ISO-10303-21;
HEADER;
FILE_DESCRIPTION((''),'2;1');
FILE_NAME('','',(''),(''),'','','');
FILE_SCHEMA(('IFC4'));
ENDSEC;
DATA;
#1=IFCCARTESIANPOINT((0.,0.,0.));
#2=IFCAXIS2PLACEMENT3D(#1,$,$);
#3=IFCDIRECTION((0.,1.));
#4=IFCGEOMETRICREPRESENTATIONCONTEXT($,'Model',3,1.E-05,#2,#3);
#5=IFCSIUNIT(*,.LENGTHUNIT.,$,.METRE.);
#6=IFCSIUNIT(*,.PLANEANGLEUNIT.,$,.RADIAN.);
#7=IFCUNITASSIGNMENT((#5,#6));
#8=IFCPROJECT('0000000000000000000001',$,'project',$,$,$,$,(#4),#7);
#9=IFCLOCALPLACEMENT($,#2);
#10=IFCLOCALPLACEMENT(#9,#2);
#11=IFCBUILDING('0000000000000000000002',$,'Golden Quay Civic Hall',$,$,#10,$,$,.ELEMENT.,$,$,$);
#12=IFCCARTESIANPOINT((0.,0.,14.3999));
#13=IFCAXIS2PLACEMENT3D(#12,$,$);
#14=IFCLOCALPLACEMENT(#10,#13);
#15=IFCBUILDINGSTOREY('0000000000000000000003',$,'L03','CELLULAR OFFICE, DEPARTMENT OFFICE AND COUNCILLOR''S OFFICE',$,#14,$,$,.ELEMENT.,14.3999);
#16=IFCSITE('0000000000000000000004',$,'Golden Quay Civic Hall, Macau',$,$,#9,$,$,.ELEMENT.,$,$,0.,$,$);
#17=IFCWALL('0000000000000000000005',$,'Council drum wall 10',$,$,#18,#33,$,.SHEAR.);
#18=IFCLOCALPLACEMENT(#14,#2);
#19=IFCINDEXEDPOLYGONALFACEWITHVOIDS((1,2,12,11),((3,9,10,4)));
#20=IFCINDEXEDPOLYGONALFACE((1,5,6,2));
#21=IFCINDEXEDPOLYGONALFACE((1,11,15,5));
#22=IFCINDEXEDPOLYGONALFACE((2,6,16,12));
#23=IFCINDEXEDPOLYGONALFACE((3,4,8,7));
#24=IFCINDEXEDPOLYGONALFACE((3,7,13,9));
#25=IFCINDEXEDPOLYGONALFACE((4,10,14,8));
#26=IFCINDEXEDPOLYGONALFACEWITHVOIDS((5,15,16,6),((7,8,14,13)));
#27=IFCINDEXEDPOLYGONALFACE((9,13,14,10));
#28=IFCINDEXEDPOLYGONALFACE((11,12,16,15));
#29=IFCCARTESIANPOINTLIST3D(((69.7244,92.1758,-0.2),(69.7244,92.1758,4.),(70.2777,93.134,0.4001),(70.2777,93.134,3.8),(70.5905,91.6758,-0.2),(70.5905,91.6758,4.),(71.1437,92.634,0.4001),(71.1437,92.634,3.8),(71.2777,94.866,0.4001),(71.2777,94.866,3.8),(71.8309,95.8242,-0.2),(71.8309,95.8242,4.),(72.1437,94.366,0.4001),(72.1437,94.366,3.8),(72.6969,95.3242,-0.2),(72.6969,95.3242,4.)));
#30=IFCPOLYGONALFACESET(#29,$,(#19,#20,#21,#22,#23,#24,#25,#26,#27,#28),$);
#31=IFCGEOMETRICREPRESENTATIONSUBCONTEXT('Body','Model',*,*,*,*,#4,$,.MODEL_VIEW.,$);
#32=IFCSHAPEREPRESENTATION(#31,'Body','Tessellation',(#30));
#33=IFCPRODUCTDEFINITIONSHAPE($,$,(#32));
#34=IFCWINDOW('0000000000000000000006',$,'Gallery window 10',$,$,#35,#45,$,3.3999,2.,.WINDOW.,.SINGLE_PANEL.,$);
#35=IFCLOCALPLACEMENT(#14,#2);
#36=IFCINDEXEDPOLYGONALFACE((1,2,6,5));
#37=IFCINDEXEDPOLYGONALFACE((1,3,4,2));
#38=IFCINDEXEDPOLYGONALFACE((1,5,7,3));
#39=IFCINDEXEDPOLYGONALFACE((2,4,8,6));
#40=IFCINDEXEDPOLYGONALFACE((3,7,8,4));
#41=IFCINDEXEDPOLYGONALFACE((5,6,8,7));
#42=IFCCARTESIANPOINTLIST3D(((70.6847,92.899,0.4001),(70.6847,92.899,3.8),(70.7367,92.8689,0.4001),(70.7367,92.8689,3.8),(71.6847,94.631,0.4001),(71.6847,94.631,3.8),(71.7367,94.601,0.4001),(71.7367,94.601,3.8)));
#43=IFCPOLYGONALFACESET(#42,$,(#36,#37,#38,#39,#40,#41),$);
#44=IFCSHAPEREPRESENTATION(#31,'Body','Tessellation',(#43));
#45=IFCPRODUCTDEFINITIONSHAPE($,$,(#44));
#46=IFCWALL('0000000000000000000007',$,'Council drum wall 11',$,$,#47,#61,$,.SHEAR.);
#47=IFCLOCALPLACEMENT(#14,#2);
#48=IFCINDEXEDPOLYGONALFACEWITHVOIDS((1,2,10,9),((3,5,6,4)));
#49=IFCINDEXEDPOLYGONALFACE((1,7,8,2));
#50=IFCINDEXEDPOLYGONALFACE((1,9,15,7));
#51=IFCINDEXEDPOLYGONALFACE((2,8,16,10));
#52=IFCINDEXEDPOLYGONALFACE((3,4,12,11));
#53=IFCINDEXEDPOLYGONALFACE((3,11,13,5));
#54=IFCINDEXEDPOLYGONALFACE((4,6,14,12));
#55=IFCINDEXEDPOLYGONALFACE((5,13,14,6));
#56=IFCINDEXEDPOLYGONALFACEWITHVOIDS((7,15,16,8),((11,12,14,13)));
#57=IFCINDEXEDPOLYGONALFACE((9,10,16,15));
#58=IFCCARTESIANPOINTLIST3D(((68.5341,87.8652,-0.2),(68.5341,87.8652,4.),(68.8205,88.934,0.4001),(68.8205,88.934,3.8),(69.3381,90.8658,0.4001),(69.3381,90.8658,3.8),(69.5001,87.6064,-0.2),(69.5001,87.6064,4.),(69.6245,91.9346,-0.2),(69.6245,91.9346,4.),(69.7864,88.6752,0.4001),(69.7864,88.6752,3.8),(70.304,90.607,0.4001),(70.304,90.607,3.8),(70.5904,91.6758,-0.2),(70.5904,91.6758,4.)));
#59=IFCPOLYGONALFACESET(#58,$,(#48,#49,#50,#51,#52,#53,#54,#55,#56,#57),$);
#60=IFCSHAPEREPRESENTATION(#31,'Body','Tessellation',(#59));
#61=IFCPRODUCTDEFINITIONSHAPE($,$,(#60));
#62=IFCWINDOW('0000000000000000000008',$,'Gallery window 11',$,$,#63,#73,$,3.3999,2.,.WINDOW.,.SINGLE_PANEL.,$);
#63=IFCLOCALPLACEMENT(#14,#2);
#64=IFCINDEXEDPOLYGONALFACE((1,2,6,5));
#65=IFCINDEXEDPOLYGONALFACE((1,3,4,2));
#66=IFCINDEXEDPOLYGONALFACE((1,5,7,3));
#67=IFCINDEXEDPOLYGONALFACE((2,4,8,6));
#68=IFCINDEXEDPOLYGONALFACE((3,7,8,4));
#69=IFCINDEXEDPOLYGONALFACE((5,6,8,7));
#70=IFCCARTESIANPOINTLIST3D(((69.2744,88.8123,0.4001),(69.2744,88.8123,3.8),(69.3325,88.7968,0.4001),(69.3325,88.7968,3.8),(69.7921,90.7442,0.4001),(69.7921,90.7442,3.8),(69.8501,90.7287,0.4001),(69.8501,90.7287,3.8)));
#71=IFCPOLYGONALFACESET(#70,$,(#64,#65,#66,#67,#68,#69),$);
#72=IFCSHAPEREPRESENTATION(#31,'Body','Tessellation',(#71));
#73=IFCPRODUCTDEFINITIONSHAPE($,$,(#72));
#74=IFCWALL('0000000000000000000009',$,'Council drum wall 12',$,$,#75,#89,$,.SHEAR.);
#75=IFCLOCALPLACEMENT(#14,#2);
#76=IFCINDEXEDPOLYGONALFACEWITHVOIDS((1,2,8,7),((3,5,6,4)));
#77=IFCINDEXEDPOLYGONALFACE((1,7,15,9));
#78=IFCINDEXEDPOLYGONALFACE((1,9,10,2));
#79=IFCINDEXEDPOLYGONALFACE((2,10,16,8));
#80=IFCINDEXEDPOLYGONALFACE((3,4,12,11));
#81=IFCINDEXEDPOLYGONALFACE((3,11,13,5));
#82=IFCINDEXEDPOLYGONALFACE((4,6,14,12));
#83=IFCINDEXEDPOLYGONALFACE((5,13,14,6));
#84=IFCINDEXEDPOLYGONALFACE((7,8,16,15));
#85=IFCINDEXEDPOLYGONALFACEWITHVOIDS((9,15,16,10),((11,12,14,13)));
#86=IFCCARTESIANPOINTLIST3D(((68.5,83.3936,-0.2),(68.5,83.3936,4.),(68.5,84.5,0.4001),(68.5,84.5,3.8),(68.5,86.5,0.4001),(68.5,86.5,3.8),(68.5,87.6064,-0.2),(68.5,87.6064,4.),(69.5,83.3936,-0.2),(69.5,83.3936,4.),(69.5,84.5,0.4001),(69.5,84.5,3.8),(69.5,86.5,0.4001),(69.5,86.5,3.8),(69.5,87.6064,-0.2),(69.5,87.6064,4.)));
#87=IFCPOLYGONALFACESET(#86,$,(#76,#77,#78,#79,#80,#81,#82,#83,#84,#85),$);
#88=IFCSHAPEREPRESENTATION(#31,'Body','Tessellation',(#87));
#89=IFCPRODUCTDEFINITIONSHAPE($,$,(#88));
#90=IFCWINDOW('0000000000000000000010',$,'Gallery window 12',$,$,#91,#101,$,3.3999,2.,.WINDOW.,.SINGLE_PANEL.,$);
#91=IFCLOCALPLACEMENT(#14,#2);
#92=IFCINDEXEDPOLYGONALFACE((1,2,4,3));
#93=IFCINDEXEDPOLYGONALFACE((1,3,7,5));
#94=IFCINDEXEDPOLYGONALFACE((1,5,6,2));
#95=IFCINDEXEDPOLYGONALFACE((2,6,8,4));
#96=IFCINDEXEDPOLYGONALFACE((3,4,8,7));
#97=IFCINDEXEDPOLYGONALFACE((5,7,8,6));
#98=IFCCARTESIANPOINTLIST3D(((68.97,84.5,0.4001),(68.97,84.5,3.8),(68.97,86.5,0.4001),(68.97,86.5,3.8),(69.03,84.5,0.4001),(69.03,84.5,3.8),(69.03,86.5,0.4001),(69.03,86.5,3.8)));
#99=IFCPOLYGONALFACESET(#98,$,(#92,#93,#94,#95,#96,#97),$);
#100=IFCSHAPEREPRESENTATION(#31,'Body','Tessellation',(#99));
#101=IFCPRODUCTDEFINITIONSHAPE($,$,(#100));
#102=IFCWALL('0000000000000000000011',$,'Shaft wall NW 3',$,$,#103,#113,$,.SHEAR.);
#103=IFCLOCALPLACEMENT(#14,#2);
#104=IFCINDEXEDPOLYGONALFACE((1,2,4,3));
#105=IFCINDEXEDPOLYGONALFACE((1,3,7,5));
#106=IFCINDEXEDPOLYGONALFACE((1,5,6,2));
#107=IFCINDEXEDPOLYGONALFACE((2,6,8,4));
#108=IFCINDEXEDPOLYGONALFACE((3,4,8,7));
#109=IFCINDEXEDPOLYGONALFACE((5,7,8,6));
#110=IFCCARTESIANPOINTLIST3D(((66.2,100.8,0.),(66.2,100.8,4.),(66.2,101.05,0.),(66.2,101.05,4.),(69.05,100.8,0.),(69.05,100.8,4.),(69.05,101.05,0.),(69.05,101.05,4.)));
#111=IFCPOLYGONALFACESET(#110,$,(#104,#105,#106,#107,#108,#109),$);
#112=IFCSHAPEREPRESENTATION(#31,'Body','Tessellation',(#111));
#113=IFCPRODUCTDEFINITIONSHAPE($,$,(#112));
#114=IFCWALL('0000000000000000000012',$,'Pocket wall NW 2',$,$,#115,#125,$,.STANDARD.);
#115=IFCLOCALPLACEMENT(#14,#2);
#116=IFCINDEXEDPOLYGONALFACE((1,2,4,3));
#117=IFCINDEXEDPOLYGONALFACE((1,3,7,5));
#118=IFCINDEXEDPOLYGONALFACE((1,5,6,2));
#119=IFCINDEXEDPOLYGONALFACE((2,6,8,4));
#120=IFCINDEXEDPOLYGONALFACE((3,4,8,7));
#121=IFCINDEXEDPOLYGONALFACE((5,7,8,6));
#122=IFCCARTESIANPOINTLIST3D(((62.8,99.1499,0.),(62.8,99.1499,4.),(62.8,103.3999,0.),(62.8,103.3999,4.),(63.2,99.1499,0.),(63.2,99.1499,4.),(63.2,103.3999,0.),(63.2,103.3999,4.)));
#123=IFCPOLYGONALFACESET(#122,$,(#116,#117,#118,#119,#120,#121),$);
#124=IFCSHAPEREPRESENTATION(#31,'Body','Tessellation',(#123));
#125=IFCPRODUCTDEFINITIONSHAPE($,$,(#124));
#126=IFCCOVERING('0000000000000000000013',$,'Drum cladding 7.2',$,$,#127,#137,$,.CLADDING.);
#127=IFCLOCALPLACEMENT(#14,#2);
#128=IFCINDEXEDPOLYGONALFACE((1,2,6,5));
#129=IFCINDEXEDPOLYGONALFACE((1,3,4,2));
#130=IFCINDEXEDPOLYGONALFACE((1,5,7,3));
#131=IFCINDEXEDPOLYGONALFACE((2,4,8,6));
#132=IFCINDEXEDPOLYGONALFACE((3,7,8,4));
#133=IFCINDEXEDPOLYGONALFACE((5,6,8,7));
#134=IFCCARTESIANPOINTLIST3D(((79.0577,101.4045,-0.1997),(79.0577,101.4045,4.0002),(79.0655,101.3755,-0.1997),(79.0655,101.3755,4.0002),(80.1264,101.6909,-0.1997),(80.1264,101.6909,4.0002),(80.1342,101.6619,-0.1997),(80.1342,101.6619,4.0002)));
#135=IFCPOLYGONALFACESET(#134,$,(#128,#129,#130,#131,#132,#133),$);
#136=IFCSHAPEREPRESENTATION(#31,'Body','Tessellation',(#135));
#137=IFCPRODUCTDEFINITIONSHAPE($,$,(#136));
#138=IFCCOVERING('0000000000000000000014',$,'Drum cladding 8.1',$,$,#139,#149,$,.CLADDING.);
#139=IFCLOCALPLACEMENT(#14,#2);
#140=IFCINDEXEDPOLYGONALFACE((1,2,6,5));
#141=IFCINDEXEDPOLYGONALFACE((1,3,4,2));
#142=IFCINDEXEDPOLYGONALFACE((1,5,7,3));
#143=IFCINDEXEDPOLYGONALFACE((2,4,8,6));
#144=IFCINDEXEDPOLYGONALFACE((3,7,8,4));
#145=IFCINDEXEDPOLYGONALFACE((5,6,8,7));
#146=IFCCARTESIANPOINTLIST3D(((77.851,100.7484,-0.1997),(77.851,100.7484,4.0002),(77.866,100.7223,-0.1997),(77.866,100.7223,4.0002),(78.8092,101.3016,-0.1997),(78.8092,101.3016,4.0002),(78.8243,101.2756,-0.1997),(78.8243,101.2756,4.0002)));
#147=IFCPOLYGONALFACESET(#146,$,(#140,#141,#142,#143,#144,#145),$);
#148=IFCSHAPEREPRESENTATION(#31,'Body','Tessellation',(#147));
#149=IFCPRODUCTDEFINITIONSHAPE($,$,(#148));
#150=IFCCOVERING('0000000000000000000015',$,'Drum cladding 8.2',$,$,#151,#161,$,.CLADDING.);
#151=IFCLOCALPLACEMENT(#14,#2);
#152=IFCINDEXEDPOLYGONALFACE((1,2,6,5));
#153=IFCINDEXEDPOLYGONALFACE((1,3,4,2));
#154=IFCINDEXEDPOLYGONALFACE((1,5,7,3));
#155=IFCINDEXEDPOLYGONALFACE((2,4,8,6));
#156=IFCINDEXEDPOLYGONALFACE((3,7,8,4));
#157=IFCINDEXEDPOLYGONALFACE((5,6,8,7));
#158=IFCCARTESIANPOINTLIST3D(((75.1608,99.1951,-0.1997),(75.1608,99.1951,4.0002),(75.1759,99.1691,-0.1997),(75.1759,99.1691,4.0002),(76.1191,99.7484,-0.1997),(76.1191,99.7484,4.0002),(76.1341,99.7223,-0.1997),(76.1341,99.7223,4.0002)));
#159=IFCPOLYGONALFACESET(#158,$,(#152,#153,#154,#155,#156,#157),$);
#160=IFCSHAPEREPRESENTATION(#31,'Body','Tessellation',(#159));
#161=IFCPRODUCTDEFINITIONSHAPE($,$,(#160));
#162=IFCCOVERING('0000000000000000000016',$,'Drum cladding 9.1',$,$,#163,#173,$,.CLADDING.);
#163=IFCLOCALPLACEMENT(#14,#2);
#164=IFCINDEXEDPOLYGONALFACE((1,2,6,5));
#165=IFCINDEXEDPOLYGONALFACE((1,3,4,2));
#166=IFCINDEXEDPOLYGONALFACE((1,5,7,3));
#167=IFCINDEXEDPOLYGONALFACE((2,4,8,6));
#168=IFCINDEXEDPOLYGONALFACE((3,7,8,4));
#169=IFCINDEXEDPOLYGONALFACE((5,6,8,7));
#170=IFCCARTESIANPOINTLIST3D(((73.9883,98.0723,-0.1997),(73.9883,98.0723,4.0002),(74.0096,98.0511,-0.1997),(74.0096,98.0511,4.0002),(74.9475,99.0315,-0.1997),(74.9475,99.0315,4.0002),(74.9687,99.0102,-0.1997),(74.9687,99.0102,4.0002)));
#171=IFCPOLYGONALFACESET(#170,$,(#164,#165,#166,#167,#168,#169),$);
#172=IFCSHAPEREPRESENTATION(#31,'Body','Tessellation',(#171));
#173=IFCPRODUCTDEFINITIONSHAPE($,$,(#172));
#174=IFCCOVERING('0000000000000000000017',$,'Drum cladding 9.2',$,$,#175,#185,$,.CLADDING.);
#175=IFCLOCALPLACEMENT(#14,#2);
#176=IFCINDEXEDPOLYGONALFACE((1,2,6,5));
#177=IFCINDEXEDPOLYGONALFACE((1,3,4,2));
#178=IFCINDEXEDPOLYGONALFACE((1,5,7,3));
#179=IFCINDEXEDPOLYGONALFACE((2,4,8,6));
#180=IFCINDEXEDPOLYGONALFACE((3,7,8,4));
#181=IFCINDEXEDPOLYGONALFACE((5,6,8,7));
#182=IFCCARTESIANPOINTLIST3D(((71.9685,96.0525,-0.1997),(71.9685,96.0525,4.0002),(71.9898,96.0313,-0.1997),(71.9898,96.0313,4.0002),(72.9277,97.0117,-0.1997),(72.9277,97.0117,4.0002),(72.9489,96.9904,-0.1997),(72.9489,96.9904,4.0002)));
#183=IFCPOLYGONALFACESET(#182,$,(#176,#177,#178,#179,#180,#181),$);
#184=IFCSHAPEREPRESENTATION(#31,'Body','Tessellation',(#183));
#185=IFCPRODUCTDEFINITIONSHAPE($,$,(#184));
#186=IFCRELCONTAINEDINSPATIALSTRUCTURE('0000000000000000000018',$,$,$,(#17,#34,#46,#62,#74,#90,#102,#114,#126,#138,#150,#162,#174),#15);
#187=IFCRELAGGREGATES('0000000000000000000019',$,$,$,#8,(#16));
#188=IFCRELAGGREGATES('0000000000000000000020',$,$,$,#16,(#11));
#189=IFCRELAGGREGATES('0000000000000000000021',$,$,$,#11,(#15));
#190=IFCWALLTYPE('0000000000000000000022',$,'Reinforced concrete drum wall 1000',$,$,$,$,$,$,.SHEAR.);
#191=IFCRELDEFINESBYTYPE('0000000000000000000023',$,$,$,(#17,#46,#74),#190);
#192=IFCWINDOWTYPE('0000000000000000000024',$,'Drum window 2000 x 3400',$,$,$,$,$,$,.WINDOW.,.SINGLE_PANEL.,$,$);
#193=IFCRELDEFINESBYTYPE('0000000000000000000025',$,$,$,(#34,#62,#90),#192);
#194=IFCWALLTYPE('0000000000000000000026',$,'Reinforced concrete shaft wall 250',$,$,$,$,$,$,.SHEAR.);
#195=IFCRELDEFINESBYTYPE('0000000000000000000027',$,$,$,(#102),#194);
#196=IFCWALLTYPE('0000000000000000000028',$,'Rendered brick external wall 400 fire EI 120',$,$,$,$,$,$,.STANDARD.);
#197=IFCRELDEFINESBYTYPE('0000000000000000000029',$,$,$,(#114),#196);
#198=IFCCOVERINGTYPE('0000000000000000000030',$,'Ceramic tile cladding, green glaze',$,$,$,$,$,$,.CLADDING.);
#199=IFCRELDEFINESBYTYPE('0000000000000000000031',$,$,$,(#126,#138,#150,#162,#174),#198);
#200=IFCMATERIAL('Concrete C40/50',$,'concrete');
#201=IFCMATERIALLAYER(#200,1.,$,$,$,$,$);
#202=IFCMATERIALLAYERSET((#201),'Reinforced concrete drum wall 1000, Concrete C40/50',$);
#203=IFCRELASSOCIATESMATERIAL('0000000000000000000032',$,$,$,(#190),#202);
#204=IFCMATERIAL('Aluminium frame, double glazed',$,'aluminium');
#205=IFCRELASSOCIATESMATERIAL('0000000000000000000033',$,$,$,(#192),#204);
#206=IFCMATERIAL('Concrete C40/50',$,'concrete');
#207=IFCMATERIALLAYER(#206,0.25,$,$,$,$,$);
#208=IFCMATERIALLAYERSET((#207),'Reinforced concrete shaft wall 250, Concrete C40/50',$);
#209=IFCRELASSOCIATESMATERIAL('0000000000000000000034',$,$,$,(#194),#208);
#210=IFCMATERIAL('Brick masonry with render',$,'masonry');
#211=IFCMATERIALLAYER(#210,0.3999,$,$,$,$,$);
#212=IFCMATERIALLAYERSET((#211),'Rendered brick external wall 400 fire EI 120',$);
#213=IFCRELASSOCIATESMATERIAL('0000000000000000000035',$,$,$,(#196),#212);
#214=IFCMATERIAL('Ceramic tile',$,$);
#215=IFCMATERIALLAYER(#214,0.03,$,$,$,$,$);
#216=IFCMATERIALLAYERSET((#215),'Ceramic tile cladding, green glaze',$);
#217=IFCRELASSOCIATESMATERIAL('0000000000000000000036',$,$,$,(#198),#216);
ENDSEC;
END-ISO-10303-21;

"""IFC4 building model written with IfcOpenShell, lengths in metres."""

from ifc_helpers import new_model, si_unit, direction, frame, frame_2d, origin, origin_2d, place, context, subcontext, project, spatial, rectangle, extrude, material, layer, layer_set, type_object, element, fill, save


model = new_model("IFC4")

# Units and contexts
model_context = context("Model", 3, precision=1e-05, world=origin(), true_north=direction((0.0, 1.0)))
body_context = subcontext(model_context, "Body", "Model", "MODEL_VIEW")
ifc_project = project(units=[si_unit("LENGTHUNIT", "METRE"), si_unit("PLANEANGLEUNIT", "RADIAN")], contexts=[model_context])

# Site, building, storey
site_placement = place(None, origin())
site = spatial("IfcSite", under=ifc_project, at=site_placement, Name="Golden Quay Civic Hall, Macau", CompositionType="ELEMENT", RefElevation=0.0)
building_placement = place(site_placement, origin())
building = spatial("IfcBuilding", under=site, at=building_placement, Name="Golden Quay Civic Hall", CompositionType="ELEMENT")
storey_placement = place(building_placement, frame((0.0, 0.0, 14.3999)))
storey = spatial("IfcBuildingStorey", under=building, at=storey_placement, Name="L03", Description="CELLULAR OFFICE, DEPARTMENT OFFICE AND COUNCILLOR'S OFFICE", CompositionType="ELEMENT", Elevation=14.3999)

# Shared definitions
ifc_material_1 = material(Name="Concrete C40/50", Category="concrete")
ifc_layer_1 = layer(ifc_material_1, 1.0)
ifc_layer_set_1 = layer_set([ifc_layer_1], Name="Reinforced concrete drum wall 1000, Concrete C40/50")
wall_type_1 = type_object("IfcWallType", Name="Reinforced concrete drum wall 1000", PredefinedType="SHEAR", material=ifc_layer_set_1)
ifc_material_2 = material(Name="Aluminium frame, double glazed", Category="aluminium")
window_type = type_object("IfcWindowType", Name="Drum window 2000 x 3400", PartitioningType="SINGLE_PANEL", PredefinedType="WINDOW", material=ifc_material_2)

# Walls, openings, windows
wall_1_placement = place(storey_placement, frame((72.2639, 95.5742, -0.2), z_axis=(0.0, 0.0, 1.0), x_axis=(-0.500003, -0.866023, 0.0)))
wall_1 = element("IfcWall", 1, at=wall_1_placement, inside=storey, type_object=wall_type_1, Name="Council drum wall 10", PredefinedType="SHEAR", context=body_context, shape_type="SweptSolid", body=[
    extrude(rectangle(XDim=4.2129, YDim=1.0, at=frame_2d((2.1064, 0.0))), origin(), (0.0, 0.0, 1.0), 4.2),
])
opening_1_placement = place(wall_1_placement, frame((1.1064, 0.0, 0.6001)))
opening_1 = element("IfcOpeningElement", 2, at=opening_1_placement, cuts=wall_1, PredefinedType="OPENING", context=body_context, shape_type="SweptSolid", body=[
    extrude(rectangle(XDim=2.0, YDim=3.3999, at=frame_2d((1.0, 1.7))), frame((0.0, 0.51, 0.0), z_axis=(0.0, -1.0, 0.0), x_axis=(1.0, 0.0, 0.0)), (0.0, 0.0, 1.0), 1.02),
])
window_1_placement = place(opening_1_placement, origin())
window_1 = element("IfcWindow", 3, at=window_1_placement, inside=storey, type_object=window_type, Name="Gallery window 10", OverallHeight=3.3999, OverallWidth=2.0, PartitioningType="SINGLE_PANEL", PredefinedType="WINDOW", context=body_context, shape_type="SweptSolid", body=[
    extrude(rectangle(XDim=2.0, YDim=3.3999, at=frame_2d((1.0, 1.7))), frame((0.0, 0.03, 0.0), z_axis=(0.0, -1.0, 0.0), x_axis=(1.0, 0.0, 0.0)), (0.0, 0.0, 1.0), 0.0601),
])
fill(opening_1, window_1)
wall_2_placement = place(storey_placement, frame((70.1074, 91.8052, -0.2), z_axis=(0.0, 0.0, 1.0), x_axis=(-0.258809, -0.965928, 0.0)))
wall_2 = element("IfcWall", 4, at=wall_2_placement, inside=storey, type_object=wall_type_1, Name="Council drum wall 11", PredefinedType="SHEAR", context=body_context, shape_type="SweptSolid", body=[
    extrude(rectangle(XDim=4.2129, YDim=1.0, at=frame_2d((2.1064, 0.0))), origin(), (0.0, 0.0, 1.0), 4.2),
])
opening_2_placement = place(wall_2_placement, frame((1.1064, 0.0, 0.6001)))
opening_2 = element("IfcOpeningElement", 5, at=opening_2_placement, cuts=wall_2, PredefinedType="OPENING", context=body_context, shape_type="SweptSolid", body=[
    extrude(rectangle(XDim=2.0, YDim=3.3999, at=frame_2d((1.0, 1.7))), frame((0.0, 0.51, 0.0), z_axis=(0.0, -1.0, 0.0), x_axis=(1.0, 0.0, 0.0)), (0.0, 0.0, 1.0), 1.02),
])
window_2_placement = place(opening_2_placement, origin())
window_2 = element("IfcWindow", 6, at=window_2_placement, inside=storey, type_object=window_type, Name="Gallery window 11", OverallHeight=3.3999, OverallWidth=2.0, PartitioningType="SINGLE_PANEL", PredefinedType="WINDOW", context=body_context, shape_type="SweptSolid", body=[
    extrude(rectangle(XDim=2.0, YDim=3.3999, at=frame_2d((1.0, 1.7))), frame((0.0, 0.03, 0.0), z_axis=(0.0, -1.0, 0.0), x_axis=(1.0, 0.0, 0.0)), (0.0, 0.0, 1.0), 0.0601),
])
fill(opening_2, window_2)
wall_3_placement = place(storey_placement, frame((69.0, 87.6064, -0.2), z_axis=(0.0, 0.0, 1.0), x_axis=(0.0, -1.0, 0.0)))
wall_3 = element("IfcWall", 7, at=wall_3_placement, inside=storey, type_object=wall_type_1, Name="Council drum wall 12", PredefinedType="SHEAR", context=body_context, shape_type="SweptSolid", body=[
    extrude(rectangle(XDim=4.2129, YDim=1.0, at=frame_2d((2.1064, 0.0))), origin(), (0.0, 0.0, 1.0), 4.2),
])
opening_3_placement = place(wall_3_placement, frame((1.1064, 0.0, 0.6001)))
opening_3 = element("IfcOpeningElement", 8, at=opening_3_placement, cuts=wall_3, PredefinedType="OPENING", context=body_context, shape_type="SweptSolid", body=[
    extrude(rectangle(XDim=2.0, YDim=3.3999, at=frame_2d((1.0, 1.7))), frame((0.0, 0.51, 0.0), z_axis=(0.0, -1.0, 0.0), x_axis=(1.0, 0.0, 0.0)), (0.0, 0.0, 1.0), 1.02),
])
window_3_placement = place(opening_3_placement, origin())
window_3 = element("IfcWindow", 9, at=window_3_placement, inside=storey, type_object=window_type, Name="Gallery window 12", OverallHeight=3.3999, OverallWidth=2.0, PartitioningType="SINGLE_PANEL", PredefinedType="WINDOW", context=body_context, shape_type="SweptSolid", body=[
    extrude(rectangle(XDim=2.0, YDim=3.3999, at=frame_2d((1.0, 1.7))), frame((0.0, 0.03, 0.0), z_axis=(0.0, -1.0, 0.0), x_axis=(1.0, 0.0, 0.0)), (0.0, 0.0, 1.0), 0.0601),
])
fill(opening_3, window_3)

# Walls
ifc_material_3 = material(Name="Concrete C40/50", Category="concrete")
ifc_layer_2 = layer(ifc_material_3, 0.25)
ifc_layer_set_2 = layer_set([ifc_layer_2], Name="Reinforced concrete shaft wall 250, Concrete C40/50")
wall_type_2 = type_object("IfcWallType", Name="Reinforced concrete shaft wall 250", PredefinedType="SHEAR", material=ifc_layer_set_2)
wall_4_placement = place(storey_placement, frame((66.2, 100.925, 0.0), z_axis=(0.0, 0.0, 1.0), x_axis=(1.0, 0.0, 0.0)))
element("IfcWall", 10, at=wall_4_placement, inside=storey, type_object=wall_type_2, Name="Shaft wall NW 3", PredefinedType="SHEAR", context=body_context, shape_type="SweptSolid", body=[
    extrude(rectangle(XDim=2.8501, YDim=0.25, at=frame_2d((1.425, 0.0))), origin(), (0.0, 0.0, 1.0), 4.0),
])
ifc_material_4 = material(Name="Brick masonry with render", Category="masonry")
ifc_layer_3 = layer(ifc_material_4, 0.3999)
ifc_layer_set_3 = layer_set([ifc_layer_3], Name="Rendered brick external wall 400 fire EI 120")
wall_type_3 = type_object("IfcWallType", Name="Rendered brick external wall 400 fire EI 120", PredefinedType="STANDARD", material=ifc_layer_set_3)
wall_5_placement = place(storey_placement, frame((63.0, 99.1499, 0.0), z_axis=(0.0, 0.0, 1.0), x_axis=(0.0, 1.0, 0.0)))
element("IfcWall", 11, at=wall_5_placement, inside=storey, type_object=wall_type_3, Name="Pocket wall NW 2", PredefinedType="STANDARD", context=body_context, shape_type="SweptSolid", body=[
    extrude(rectangle(XDim=4.25, YDim=0.3999, at=frame_2d((2.125, 0.0))), origin(), (0.0, 0.0, 1.0), 4.0),
])

# Coverings
ifc_material_5 = material(Name="Ceramic tile")
ifc_layer_4 = layer(ifc_material_5, 0.03)
ifc_layer_set_4 = layer_set([ifc_layer_4], Name="Ceramic tile cladding, green glaze")
covering_type = type_object("IfcCoveringType", Name="Ceramic tile cladding, green glaze", PredefinedType="CLADDING", material=ifc_layer_set_4)
for number, where, z_axis, x_axis, name in (
    (12, (79.5959, 101.5332, -0.1997), (0.0, 0.0, 1.0), (-0.965926, -0.258819, 0.0), "Drum cladding 7.2"),
    (13, (78.3376, 101.012, -0.1997), (0.0, 0.0, 1.0), (-0.866025, -0.5, 0.0), "Drum cladding 8.1"),
    (14, (75.6475, 99.4587, -0.1997), (0.0, 0.0, 1.0), (-0.866025, -0.5, 0.0), "Drum cladding 8.2"),
):
    element("IfcCovering", number, at=place(storey_placement, frame(where, z_axis=z_axis, x_axis=x_axis)), inside=storey, type_object=covering_type, Name=name, PredefinedType="CLADDING", context=body_context, shape_type="SweptSolid", body=[
        extrude(rectangle(XDim=1.1064, YDim=0.03, at=origin_2d()), origin(), (0.0, 0.0, 1.0), 4.2),
    ])
for number, where, z_axis, x_axis, name in (
    (15, (74.4785, 98.5413, -0.1997), (0.0, 0.0, 1.0), (-0.707107, -0.707107, 0.0), "Drum cladding 9.1"),
    (16, (72.4587, 96.5215, -0.1997), (0.0, 0.0, 1.0), (-0.707107, -0.707107, 0.0), "Drum cladding 9.2"),
):
    element("IfcCovering", number, at=place(storey_placement, frame(where, z_axis=z_axis, x_axis=x_axis)), inside=storey, type_object=covering_type, Name=name, PredefinedType="CLADDING", context=body_context, shape_type="SweptSolid", body=[
        extrude(rectangle(XDim=1.3564, YDim=0.03, at=origin_2d()), origin(), (0.0, 0.0, 1.0), 4.2),
    ])

save(model, "model.ifc")
